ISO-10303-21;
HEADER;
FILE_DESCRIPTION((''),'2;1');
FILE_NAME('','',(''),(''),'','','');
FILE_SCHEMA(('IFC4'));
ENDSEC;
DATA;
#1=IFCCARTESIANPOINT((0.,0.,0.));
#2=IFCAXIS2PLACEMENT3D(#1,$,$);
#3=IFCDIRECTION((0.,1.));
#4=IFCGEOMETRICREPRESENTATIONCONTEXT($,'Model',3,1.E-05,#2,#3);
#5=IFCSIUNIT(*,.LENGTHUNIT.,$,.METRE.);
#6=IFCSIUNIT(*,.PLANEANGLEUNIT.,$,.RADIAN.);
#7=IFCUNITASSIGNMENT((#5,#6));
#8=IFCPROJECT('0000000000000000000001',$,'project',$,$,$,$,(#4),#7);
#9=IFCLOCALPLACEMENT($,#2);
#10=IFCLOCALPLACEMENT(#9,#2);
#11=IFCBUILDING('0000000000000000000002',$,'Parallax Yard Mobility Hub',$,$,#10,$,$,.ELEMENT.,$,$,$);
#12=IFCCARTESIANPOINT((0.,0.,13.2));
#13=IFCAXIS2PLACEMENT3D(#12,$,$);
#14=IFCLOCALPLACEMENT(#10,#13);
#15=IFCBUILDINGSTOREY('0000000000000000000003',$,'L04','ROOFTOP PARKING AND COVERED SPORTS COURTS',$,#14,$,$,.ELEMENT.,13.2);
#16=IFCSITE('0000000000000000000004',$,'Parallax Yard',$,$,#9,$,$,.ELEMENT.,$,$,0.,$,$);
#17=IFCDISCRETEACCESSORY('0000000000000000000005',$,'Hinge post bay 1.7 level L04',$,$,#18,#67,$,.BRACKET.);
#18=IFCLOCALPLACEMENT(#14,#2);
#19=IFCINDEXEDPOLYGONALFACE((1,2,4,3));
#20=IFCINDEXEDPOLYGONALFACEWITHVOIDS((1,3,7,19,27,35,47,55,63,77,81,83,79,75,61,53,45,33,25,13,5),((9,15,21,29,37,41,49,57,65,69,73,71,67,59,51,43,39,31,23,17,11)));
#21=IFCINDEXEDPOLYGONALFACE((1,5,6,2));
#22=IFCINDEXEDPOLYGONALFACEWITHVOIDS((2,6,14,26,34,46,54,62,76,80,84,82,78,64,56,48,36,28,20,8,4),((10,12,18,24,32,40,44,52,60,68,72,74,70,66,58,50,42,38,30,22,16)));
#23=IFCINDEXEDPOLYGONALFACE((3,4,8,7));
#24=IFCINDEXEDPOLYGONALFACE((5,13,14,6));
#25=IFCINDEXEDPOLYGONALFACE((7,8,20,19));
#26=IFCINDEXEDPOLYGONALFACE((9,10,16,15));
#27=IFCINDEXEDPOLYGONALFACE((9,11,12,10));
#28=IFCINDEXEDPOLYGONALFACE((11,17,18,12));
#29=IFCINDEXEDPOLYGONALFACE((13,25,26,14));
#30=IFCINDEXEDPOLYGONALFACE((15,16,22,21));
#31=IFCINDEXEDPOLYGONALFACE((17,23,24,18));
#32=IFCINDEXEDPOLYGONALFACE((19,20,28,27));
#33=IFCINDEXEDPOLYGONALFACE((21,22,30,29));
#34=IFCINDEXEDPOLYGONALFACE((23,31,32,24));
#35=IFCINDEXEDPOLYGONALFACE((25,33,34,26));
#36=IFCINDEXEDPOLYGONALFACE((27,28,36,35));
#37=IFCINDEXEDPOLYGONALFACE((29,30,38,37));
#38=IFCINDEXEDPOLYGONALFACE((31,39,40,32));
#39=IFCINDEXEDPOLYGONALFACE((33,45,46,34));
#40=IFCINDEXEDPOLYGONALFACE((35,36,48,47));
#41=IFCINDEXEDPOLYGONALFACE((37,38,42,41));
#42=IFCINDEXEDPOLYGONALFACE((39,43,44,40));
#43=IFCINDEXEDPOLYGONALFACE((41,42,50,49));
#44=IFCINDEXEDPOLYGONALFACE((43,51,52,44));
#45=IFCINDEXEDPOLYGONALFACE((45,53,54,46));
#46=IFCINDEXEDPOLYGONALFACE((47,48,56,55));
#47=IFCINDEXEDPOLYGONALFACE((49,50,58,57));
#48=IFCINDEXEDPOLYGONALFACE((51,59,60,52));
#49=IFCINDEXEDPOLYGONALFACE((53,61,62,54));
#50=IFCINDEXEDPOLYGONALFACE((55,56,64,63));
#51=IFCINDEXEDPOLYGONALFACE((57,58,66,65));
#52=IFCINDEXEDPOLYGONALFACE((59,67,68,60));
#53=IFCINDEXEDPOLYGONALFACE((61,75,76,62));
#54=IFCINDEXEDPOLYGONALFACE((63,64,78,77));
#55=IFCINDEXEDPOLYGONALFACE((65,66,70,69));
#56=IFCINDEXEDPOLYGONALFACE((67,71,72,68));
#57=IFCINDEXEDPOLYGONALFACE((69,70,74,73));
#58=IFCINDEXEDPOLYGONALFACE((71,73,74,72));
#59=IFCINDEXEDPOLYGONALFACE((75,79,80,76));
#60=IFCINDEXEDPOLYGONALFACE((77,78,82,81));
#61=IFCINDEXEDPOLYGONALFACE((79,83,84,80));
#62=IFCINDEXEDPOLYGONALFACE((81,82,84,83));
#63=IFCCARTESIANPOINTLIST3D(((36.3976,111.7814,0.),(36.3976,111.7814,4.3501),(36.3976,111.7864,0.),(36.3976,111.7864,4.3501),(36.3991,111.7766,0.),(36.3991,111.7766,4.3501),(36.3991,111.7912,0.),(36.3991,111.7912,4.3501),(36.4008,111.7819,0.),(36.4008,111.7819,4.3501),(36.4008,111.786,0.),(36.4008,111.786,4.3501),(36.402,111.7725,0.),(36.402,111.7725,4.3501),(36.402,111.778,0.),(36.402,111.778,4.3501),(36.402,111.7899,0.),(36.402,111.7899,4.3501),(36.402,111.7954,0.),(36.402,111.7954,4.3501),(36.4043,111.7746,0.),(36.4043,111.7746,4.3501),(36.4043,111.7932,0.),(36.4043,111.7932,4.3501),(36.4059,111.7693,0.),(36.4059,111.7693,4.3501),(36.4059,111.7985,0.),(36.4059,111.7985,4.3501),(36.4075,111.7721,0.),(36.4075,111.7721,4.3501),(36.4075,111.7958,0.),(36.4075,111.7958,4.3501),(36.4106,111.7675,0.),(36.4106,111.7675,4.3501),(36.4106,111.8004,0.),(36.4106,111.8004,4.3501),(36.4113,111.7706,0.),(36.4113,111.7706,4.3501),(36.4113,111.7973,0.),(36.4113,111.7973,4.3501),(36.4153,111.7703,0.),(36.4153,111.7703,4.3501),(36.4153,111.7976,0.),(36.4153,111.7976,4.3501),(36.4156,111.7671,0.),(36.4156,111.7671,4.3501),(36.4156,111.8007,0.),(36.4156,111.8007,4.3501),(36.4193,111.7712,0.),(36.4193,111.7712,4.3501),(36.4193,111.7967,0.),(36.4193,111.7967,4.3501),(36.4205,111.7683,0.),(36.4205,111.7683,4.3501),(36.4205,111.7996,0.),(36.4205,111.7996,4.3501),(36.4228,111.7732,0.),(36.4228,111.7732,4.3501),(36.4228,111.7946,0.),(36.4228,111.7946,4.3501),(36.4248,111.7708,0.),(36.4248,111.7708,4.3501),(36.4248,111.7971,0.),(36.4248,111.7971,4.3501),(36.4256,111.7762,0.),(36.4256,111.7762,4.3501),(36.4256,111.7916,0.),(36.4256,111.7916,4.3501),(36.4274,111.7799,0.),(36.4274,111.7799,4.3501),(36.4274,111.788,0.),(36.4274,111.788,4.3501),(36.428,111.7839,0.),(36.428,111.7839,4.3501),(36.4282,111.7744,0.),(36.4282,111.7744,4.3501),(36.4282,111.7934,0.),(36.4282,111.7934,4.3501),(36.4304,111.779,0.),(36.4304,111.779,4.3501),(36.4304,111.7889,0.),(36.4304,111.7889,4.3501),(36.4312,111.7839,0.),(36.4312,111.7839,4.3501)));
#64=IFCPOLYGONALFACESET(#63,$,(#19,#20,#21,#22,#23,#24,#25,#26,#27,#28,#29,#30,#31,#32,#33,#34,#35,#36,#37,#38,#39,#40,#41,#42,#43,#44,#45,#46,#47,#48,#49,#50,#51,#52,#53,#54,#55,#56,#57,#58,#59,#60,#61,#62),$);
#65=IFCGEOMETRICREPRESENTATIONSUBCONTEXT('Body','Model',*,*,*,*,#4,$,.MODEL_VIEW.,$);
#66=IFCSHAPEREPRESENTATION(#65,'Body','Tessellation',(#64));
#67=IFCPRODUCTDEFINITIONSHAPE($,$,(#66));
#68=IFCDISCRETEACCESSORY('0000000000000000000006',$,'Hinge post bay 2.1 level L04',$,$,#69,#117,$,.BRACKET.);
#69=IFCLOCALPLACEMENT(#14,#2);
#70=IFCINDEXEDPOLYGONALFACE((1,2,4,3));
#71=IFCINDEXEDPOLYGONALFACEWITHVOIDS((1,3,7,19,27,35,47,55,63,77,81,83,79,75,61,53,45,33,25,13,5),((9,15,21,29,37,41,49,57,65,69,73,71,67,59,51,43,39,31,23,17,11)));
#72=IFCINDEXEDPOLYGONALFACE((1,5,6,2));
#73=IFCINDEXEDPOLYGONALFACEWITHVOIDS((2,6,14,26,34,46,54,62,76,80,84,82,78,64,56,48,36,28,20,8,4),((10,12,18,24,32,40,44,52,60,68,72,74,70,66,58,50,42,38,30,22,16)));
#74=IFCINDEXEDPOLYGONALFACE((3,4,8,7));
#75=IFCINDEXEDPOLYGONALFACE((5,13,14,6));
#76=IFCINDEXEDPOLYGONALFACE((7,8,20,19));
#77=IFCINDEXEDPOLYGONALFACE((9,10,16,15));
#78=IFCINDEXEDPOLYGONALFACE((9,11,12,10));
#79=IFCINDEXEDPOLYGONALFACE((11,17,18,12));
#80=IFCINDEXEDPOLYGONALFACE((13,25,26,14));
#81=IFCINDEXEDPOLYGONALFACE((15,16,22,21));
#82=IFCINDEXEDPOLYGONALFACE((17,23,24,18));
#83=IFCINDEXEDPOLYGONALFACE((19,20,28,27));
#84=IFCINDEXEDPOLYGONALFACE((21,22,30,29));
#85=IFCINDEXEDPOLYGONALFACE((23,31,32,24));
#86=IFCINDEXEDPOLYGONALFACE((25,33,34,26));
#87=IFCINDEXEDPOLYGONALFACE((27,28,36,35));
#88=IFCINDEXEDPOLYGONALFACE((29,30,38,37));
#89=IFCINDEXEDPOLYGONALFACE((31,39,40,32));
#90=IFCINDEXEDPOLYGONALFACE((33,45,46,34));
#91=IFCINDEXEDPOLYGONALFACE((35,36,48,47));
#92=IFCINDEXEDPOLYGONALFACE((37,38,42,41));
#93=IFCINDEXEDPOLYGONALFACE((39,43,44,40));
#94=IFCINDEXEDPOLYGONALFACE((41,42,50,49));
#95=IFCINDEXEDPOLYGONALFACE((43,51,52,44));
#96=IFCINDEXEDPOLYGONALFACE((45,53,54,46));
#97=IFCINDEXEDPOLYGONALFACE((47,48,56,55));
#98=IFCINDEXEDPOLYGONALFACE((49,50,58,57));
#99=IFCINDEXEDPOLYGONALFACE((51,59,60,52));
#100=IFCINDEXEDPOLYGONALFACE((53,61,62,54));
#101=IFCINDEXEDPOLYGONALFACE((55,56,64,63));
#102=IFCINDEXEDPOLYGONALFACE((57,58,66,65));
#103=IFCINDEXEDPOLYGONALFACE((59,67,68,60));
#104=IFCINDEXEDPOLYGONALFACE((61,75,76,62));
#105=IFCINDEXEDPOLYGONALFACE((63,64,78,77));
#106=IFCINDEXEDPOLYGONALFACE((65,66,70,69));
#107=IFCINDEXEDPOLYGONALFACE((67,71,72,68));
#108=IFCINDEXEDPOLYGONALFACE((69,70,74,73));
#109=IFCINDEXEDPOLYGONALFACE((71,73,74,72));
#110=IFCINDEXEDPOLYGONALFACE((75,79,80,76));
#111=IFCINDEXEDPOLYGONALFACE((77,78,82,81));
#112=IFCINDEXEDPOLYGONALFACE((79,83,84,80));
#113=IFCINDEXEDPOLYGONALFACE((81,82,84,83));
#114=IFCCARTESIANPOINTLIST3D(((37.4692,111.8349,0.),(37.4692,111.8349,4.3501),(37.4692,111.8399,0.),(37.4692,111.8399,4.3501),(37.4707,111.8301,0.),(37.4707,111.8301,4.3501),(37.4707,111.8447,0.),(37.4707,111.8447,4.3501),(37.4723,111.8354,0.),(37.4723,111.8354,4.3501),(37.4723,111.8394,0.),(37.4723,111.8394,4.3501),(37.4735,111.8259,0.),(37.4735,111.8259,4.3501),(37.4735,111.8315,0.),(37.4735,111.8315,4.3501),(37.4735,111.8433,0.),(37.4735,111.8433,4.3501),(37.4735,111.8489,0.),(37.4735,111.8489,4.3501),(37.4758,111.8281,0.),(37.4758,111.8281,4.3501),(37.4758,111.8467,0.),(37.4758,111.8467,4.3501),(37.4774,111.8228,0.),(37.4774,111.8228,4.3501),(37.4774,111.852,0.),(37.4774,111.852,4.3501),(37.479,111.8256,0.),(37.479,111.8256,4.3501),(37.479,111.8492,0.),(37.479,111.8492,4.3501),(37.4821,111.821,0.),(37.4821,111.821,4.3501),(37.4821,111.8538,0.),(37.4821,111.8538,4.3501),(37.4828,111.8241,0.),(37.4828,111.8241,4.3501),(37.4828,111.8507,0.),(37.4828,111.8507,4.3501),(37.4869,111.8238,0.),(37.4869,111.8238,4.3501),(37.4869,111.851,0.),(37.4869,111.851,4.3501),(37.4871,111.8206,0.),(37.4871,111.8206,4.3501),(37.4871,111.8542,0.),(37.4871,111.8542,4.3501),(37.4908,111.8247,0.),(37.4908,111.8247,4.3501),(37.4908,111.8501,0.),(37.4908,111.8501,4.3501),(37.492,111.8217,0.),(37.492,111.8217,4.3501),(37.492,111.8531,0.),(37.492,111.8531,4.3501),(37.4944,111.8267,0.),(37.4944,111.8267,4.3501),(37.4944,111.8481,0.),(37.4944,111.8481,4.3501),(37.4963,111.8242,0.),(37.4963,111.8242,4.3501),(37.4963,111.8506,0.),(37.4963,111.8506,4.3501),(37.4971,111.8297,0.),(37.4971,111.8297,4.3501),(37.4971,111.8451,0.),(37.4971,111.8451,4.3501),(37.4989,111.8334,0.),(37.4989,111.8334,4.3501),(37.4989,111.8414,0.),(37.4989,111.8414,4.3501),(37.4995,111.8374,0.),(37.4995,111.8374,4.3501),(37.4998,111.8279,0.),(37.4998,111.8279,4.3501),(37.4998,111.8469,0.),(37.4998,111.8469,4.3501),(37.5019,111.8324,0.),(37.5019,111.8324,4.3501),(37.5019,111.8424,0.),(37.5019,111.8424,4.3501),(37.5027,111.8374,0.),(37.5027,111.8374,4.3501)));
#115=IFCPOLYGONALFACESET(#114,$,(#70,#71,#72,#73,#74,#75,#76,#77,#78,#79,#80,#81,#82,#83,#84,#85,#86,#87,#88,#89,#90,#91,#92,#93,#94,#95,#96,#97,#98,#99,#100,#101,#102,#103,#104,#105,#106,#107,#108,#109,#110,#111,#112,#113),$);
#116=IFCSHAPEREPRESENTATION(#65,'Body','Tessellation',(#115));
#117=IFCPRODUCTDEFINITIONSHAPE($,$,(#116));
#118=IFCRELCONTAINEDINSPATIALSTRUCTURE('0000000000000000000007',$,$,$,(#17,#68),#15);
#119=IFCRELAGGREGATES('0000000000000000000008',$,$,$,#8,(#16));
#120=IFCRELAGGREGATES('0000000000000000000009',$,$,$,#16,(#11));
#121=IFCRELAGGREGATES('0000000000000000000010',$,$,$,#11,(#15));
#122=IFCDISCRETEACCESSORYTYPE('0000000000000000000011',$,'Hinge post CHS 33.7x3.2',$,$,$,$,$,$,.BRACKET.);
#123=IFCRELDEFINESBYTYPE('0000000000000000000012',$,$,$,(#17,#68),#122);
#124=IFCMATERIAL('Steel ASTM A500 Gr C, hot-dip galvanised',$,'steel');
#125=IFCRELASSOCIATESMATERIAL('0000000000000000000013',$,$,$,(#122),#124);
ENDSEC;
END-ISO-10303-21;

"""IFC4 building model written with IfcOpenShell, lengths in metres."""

from ifc_helpers import new_model, si_unit, direction, frame, origin, origin_2d, place, context, subcontext, project, spatial, hollow_circle, extrude, material, material_profile, profile_set, type_object, element, save


model = new_model("IFC4")

# Units and contexts
model_context = context("Model", 3, precision=1e-05, world=origin(), true_north=direction((0.0, 1.0)))
body_context = subcontext(model_context, "Body", "Model", "MODEL_VIEW")
ifc_project = project(units=[si_unit("LENGTHUNIT", "METRE"), si_unit("PLANEANGLEUNIT", "RADIAN")], contexts=[model_context])

# Site, building, storey
site_placement = place(None, origin())
site = spatial("IfcSite", under=ifc_project, at=site_placement, Name="Parallax Yard", CompositionType="ELEMENT", RefElevation=0.0)
building_placement = place(site_placement, origin())
building = spatial("IfcBuilding", under=site, at=building_placement, Name="Parallax Yard Mobility Hub", CompositionType="ELEMENT")
storey_placement = place(building_placement, frame((0.0, 0.0, 13.2)))
storey = spatial("IfcBuildingStorey", under=building, at=storey_placement, Name="L04", Description="ROOFTOP PARKING AND COVERED SPORTS COURTS", CompositionType="ELEMENT", Elevation=13.2)

# Discrete accessories
ifc_material_1 = material(Name="Steel ASTM A500 Gr C, hot-dip galvanised", Category="steel")
ifc_material_profile = material_profile(ifc_material_1, hollow_circle(Radius=0.0168, WallThickness=0.0032, at=origin_2d()), Name="CHS 33.7x3.2")
ifc_profile_set = profile_set([ifc_material_profile], Name="Steel ASTM A500 Gr C, hot-dip galvanised")
discrete_accessory_type = type_object("IfcDiscreteAccessoryType", Name="Hinge post CHS 33.7x3.2", PredefinedType="BRACKET", material=ifc_profile_set)
for number, where, z_axis, x_axis, name in (
    (1, (36.4143, 111.7839, 0.0), (0.0, 0.0, 1.0), (1.0, 0.0, 0.0), "Hinge post bay 1.7 level L04"),
    (2, (37.4858, 111.8374, 0.0), (0.0, 0.0, 1.0), (1.0, 0.0, 0.0), "Hinge post bay 2.1 level L04"),
):
    element("IfcDiscreteAccessory", number, at=place(storey_placement, frame(where, z_axis=z_axis, x_axis=x_axis)), inside=storey, type_object=discrete_accessory_type, Name=name, PredefinedType="BRACKET", context=body_context, shape_type="SweptSolid", body=[
        extrude(hollow_circle(Radius=0.0168, WallThickness=0.0032, at=origin_2d()), origin(), (0.0, 0.0, 1.0), 4.3501),
    ])

save(model, "model.ifc")
